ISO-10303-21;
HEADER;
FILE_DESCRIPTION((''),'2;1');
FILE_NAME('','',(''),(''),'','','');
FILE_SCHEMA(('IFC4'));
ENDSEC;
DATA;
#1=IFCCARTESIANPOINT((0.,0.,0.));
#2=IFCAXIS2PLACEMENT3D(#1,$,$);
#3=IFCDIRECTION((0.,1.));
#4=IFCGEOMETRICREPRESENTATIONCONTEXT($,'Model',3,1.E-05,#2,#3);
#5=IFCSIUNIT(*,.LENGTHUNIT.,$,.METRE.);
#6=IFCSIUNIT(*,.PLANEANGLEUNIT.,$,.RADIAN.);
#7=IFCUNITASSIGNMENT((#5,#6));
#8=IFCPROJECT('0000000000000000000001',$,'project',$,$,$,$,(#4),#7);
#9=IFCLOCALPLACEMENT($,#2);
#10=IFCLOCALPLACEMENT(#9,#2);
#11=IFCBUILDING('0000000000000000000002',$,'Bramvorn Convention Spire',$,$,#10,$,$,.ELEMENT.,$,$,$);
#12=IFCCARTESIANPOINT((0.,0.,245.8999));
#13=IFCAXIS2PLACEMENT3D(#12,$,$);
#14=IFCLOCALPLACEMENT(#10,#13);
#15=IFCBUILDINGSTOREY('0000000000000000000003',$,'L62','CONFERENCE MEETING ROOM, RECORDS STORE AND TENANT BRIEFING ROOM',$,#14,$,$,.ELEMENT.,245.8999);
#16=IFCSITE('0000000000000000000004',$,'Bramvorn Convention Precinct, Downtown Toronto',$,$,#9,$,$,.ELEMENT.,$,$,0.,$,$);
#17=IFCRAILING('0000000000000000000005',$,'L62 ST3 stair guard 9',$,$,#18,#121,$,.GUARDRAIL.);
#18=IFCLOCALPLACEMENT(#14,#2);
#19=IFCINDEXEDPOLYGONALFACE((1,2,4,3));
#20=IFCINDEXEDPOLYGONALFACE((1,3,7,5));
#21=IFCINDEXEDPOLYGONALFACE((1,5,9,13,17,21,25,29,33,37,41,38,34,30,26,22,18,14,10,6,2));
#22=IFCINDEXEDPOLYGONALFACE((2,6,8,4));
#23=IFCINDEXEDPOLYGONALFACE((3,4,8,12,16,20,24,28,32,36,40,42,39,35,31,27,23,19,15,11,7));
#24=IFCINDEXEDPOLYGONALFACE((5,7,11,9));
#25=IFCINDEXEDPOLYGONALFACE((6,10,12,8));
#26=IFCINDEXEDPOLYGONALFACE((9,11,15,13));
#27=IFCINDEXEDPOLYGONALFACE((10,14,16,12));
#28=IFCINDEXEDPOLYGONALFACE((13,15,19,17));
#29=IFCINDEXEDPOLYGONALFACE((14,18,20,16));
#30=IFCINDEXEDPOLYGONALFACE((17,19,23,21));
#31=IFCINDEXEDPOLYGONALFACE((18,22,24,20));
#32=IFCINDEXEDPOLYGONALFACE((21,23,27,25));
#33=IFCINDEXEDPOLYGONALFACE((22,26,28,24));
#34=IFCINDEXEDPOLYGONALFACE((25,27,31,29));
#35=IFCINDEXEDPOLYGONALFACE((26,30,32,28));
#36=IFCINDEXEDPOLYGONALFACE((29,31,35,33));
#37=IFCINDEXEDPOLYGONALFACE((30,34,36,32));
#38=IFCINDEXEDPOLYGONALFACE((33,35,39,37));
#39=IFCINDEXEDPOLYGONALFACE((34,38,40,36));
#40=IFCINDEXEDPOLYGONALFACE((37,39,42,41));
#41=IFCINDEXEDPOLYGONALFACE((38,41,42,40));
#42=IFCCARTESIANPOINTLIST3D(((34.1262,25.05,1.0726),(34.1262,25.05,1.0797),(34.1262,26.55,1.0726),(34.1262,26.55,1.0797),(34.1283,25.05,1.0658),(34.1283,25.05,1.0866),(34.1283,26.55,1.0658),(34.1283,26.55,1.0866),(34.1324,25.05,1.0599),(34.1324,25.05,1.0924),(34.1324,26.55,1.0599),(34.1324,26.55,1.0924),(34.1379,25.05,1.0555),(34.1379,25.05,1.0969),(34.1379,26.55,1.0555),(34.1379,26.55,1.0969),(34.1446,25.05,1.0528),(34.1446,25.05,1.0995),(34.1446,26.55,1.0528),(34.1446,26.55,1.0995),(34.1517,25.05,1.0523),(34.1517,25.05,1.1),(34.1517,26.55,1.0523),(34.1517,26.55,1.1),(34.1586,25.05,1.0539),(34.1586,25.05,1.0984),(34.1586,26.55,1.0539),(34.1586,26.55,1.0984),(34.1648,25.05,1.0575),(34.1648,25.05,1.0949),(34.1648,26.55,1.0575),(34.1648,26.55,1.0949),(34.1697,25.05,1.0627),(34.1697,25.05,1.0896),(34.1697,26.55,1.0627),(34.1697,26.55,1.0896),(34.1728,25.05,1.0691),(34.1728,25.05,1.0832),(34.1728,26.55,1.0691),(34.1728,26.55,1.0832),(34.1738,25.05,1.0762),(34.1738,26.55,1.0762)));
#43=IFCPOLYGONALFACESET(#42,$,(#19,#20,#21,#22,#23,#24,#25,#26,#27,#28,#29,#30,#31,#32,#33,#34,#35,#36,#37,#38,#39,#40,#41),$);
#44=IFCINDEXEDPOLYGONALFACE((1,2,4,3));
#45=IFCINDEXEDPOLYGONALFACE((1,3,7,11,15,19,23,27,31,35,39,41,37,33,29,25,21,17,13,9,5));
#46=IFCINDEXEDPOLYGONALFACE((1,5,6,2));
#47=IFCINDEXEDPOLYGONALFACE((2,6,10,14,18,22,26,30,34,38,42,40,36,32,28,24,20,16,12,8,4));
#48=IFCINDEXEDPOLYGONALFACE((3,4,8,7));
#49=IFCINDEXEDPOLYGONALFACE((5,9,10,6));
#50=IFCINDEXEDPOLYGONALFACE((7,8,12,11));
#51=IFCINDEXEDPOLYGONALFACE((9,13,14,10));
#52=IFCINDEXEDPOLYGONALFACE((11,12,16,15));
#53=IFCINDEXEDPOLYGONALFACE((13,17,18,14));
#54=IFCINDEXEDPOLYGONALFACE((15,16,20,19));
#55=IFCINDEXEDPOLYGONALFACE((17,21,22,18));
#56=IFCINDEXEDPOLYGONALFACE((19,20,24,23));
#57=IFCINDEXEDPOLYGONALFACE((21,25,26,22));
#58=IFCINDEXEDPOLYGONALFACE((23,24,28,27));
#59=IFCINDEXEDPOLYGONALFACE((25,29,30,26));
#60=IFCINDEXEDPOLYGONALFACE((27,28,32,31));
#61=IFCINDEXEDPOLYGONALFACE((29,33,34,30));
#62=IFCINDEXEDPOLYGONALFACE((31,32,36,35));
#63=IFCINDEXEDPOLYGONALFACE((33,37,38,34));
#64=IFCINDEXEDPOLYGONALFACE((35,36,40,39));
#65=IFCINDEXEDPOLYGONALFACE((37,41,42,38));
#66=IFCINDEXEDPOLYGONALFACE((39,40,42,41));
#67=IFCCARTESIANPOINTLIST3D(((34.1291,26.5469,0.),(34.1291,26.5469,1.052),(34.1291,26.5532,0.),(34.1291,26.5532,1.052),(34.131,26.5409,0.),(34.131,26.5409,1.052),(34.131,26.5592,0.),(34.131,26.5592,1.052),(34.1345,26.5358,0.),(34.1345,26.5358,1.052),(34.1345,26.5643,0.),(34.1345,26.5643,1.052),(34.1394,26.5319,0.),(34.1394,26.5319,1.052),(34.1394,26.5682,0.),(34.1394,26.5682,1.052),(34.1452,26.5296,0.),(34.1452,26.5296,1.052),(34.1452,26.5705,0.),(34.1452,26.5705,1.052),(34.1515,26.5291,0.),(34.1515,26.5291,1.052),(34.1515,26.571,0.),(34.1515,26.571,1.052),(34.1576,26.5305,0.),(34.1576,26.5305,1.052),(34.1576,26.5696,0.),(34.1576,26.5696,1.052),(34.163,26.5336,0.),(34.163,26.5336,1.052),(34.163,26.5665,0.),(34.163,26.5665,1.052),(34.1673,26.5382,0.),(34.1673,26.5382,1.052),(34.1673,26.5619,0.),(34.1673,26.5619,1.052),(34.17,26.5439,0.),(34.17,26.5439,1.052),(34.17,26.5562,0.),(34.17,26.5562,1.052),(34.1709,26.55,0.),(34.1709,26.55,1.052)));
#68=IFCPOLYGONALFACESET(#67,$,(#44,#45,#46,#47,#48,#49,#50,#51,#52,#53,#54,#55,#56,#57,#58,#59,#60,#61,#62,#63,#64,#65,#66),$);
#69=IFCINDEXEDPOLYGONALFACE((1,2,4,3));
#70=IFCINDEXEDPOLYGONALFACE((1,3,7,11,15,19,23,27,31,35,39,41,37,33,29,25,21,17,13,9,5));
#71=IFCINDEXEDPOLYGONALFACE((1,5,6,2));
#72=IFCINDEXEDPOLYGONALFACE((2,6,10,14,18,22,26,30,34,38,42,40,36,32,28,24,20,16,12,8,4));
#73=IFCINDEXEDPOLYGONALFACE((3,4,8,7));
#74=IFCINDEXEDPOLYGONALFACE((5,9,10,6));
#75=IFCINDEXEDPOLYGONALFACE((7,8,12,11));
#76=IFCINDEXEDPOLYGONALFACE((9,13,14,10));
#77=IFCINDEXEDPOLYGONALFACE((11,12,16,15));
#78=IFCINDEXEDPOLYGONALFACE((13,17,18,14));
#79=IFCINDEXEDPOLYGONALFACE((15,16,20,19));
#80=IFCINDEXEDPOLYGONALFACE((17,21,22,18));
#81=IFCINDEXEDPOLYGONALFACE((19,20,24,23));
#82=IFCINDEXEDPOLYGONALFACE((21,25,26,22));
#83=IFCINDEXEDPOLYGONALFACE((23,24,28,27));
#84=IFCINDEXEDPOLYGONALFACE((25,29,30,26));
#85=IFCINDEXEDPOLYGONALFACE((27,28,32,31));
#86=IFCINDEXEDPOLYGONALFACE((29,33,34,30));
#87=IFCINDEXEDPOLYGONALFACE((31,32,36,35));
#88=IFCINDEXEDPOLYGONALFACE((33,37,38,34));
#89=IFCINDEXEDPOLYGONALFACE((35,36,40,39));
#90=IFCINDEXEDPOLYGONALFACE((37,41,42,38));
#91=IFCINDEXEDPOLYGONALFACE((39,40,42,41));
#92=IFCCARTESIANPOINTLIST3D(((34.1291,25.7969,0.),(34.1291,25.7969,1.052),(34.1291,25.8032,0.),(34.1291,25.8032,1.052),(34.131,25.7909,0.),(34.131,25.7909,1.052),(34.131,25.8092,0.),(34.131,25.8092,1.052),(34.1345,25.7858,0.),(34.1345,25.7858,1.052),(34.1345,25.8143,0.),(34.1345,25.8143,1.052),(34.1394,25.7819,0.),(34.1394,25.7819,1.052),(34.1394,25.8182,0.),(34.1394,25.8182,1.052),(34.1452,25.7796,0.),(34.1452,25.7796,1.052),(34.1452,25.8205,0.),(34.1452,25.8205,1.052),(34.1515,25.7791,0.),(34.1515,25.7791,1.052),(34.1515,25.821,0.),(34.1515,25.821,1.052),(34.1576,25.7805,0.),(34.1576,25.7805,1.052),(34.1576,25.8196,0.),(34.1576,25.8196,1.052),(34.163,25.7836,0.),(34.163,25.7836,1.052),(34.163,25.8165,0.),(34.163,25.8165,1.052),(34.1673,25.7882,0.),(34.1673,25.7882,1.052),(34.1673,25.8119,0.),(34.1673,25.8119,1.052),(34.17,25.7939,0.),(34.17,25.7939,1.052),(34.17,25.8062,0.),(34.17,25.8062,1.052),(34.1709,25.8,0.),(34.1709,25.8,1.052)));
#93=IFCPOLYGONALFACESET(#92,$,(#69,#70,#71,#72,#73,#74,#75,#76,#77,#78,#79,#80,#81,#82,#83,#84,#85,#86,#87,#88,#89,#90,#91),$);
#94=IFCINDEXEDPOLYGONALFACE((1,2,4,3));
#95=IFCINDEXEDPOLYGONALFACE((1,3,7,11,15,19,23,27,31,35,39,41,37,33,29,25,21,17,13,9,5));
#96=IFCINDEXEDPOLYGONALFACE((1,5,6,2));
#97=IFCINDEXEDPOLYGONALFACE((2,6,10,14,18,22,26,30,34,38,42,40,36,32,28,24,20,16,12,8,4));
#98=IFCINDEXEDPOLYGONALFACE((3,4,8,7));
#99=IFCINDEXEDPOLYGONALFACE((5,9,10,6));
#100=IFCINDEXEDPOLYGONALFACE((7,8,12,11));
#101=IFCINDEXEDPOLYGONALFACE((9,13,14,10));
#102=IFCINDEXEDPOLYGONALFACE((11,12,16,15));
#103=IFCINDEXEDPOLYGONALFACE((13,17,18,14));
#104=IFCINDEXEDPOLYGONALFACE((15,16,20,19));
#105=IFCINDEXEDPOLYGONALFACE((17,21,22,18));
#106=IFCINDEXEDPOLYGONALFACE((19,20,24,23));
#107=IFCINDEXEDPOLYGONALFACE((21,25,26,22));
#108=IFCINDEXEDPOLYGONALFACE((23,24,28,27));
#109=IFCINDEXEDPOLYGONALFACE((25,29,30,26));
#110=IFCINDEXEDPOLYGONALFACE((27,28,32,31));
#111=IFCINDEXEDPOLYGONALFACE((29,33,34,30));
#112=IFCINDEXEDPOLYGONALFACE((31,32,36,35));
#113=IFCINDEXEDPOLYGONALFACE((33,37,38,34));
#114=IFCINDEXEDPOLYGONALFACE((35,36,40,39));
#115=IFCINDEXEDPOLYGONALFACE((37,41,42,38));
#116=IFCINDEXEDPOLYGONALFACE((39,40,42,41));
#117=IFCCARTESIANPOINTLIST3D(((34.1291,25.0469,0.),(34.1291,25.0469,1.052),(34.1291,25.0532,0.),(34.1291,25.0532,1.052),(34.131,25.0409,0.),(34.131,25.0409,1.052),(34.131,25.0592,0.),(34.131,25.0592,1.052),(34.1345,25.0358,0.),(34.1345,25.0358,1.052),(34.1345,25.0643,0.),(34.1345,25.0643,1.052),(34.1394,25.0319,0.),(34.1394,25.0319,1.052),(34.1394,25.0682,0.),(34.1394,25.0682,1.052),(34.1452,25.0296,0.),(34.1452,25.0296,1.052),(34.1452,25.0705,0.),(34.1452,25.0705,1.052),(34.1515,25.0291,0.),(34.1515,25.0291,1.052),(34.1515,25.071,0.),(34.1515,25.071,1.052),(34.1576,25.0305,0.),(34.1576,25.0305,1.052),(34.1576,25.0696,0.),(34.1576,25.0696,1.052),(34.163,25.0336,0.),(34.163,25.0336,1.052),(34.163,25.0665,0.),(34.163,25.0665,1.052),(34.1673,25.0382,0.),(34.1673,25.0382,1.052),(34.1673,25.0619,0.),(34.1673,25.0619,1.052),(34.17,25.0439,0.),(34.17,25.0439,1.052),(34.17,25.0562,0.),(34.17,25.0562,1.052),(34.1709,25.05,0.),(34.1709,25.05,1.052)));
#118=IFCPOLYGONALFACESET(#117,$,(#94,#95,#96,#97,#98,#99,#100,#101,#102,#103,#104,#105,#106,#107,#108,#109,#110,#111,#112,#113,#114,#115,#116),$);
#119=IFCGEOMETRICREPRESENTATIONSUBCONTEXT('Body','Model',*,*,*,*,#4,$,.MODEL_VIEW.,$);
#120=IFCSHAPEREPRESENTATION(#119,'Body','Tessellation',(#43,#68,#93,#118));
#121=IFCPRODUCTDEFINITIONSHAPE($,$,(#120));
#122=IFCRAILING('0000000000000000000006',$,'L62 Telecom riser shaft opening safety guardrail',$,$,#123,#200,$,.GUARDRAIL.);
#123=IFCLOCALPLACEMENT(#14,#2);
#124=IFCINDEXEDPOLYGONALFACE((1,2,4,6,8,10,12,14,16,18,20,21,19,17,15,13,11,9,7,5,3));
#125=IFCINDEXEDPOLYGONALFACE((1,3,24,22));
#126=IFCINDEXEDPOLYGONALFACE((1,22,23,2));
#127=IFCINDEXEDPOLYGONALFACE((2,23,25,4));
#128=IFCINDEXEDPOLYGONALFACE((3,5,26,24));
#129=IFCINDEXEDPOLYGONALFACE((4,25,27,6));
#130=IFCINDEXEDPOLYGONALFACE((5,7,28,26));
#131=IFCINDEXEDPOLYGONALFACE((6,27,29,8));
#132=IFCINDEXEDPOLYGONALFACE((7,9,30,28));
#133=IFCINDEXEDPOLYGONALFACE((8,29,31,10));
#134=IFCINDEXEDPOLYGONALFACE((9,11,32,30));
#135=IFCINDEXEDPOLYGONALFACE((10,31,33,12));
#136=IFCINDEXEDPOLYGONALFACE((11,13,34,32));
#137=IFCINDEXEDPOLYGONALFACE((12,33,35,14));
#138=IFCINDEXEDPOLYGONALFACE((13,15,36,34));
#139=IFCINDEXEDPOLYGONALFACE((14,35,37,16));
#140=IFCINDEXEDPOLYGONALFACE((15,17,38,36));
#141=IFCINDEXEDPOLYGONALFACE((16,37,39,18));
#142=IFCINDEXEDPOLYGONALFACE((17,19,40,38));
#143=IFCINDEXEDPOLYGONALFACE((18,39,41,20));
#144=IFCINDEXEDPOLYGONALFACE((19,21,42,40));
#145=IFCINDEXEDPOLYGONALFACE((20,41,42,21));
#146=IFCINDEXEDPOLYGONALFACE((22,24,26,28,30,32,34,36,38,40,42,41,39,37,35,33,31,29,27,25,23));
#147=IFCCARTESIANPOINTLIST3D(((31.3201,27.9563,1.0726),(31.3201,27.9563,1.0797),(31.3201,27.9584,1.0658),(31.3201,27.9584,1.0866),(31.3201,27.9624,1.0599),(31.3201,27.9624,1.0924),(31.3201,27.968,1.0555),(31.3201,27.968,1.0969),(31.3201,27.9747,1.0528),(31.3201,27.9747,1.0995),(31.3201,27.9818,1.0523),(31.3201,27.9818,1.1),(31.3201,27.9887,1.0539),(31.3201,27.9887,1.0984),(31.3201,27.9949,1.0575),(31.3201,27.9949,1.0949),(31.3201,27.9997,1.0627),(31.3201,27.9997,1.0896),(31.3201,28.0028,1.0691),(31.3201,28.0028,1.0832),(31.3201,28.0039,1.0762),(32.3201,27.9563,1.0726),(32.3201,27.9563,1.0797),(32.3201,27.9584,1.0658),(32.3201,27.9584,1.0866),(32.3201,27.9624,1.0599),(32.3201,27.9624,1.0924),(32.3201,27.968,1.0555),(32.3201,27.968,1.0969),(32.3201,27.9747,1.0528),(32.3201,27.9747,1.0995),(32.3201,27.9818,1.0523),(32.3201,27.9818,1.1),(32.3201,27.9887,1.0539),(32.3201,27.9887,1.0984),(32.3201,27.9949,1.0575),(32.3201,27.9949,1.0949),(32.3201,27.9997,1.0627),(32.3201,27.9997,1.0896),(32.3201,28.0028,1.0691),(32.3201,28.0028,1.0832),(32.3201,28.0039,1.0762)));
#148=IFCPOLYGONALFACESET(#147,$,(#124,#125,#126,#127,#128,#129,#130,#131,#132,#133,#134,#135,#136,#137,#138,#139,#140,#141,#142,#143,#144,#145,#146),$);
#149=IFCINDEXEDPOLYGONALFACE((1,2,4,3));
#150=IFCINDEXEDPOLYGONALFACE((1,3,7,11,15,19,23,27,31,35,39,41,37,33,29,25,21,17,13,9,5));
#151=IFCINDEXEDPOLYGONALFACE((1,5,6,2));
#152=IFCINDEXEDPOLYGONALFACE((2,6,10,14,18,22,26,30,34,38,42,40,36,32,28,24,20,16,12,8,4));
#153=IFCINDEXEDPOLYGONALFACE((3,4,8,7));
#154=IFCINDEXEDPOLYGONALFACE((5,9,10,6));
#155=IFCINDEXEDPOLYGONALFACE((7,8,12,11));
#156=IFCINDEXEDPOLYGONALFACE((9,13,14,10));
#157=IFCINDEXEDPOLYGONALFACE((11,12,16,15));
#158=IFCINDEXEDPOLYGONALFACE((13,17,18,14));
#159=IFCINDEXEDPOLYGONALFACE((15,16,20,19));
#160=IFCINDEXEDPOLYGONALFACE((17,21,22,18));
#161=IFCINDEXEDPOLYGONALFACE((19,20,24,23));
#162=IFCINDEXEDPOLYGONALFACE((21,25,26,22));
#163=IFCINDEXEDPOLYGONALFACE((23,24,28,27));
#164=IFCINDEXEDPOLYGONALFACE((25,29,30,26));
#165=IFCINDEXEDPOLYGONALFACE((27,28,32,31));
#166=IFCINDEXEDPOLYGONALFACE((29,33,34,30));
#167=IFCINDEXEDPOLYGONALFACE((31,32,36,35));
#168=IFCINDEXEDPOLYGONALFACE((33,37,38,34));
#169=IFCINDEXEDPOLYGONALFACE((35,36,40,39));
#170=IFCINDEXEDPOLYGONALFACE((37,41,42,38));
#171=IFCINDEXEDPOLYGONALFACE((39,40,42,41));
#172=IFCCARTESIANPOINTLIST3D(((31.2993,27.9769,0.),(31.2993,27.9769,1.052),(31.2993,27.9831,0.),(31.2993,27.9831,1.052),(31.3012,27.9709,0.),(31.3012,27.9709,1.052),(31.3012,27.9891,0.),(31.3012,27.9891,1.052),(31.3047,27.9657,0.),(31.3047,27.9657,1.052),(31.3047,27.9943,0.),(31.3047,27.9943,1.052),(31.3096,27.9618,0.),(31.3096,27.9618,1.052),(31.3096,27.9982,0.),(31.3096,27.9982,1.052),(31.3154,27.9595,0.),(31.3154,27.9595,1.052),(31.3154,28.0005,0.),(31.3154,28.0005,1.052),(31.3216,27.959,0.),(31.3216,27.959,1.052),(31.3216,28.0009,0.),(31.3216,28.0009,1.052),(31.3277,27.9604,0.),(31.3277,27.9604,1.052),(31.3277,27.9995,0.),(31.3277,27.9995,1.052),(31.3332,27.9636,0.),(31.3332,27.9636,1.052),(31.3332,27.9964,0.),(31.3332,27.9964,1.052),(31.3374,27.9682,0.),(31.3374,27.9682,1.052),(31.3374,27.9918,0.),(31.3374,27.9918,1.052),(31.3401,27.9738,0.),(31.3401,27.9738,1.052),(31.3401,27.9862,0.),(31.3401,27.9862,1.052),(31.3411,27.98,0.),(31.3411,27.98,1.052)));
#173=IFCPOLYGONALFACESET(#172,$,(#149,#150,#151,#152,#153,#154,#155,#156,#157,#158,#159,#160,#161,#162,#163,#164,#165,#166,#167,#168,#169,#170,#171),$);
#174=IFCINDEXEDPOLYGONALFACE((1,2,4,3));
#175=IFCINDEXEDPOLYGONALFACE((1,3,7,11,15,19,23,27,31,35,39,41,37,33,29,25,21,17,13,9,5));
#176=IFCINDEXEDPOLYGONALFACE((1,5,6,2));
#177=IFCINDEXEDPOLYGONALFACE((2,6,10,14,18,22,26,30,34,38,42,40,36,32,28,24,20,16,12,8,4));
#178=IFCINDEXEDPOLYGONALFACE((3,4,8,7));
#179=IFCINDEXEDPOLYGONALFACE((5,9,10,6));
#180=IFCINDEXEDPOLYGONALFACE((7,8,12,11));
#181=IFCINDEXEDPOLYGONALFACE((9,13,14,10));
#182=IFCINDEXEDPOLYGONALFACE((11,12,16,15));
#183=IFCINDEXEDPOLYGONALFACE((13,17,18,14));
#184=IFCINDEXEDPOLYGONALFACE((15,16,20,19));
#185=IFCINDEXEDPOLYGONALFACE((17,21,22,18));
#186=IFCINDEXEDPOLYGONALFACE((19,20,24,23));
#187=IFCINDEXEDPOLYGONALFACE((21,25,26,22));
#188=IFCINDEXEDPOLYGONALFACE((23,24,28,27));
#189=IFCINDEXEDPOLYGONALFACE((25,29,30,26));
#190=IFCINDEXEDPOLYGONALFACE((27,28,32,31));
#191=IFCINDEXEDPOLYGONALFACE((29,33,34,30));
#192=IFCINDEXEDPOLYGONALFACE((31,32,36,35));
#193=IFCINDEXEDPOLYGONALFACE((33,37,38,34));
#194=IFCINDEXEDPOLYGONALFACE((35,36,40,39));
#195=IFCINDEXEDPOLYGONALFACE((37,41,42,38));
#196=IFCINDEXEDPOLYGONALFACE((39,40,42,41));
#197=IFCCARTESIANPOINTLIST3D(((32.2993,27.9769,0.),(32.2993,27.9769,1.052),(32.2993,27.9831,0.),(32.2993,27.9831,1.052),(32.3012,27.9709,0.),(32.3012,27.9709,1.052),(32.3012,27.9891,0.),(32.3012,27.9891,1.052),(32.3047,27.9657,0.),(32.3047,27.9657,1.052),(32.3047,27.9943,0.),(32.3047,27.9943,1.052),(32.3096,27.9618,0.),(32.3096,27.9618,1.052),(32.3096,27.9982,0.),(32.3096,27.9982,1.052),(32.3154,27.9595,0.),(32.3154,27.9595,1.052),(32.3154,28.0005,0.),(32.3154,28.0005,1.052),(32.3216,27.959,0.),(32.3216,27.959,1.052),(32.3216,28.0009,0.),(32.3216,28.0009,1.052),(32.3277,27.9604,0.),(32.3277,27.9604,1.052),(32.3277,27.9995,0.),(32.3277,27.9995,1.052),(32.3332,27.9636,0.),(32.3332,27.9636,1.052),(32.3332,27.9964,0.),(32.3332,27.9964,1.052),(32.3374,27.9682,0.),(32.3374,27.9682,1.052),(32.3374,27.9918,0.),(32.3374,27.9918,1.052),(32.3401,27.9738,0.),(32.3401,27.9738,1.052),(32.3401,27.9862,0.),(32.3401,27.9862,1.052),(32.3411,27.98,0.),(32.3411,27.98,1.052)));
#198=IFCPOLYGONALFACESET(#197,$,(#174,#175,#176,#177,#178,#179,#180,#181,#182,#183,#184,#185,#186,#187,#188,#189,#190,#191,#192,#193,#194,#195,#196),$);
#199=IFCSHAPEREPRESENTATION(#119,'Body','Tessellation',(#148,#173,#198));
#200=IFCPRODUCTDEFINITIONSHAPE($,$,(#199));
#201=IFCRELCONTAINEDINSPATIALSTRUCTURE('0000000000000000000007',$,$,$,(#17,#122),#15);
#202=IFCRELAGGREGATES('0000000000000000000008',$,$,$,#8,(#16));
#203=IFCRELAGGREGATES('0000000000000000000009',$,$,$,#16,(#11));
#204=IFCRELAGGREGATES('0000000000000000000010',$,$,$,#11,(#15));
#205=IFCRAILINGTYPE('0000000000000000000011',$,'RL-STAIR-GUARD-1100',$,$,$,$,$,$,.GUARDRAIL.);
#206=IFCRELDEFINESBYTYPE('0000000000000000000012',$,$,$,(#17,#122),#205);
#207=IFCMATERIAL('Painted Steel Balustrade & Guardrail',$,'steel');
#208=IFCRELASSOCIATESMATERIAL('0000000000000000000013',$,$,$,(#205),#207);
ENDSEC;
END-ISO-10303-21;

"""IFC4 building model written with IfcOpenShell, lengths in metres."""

from ifc_helpers import new_model, si_unit, direction, frame, origin, origin_2d, place, context, subcontext, project, spatial, circle, extrude, material, type_object, element, save


model = new_model("IFC4")

# Units and contexts
model_context = context("Model", 3, precision=1e-05, world=origin(), true_north=direction((0.0, 1.0)))
body_context = subcontext(model_context, "Body", "Model", "MODEL_VIEW")
ifc_project = project(units=[si_unit("LENGTHUNIT", "METRE"), si_unit("PLANEANGLEUNIT", "RADIAN")], contexts=[model_context])

# Site, building, storey
site_placement = place(None, origin())
site = spatial("IfcSite", under=ifc_project, at=site_placement, Name="Bramvorn Convention Precinct, Downtown Toronto", CompositionType="ELEMENT", RefElevation=0.0)
building_placement = place(site_placement, origin())
building = spatial("IfcBuilding", under=site, at=building_placement, Name="Bramvorn Convention Spire", CompositionType="ELEMENT")
storey_placement = place(building_placement, frame((0.0, 0.0, 245.8999)))
storey = spatial("IfcBuildingStorey", under=building, at=storey_placement, Name="L62", Description="CONFERENCE MEETING ROOM, RECORDS STORE AND TENANT BRIEFING ROOM", CompositionType="ELEMENT", Elevation=245.8999)

# Railings
ifc_material_1 = material(Name="Painted Steel Balustrade & Guardrail", Category="steel")
railing_type_1 = type_object("IfcRailingType", Name="RL-STAIR-GUARD-1100", PredefinedType="GUARDRAIL", material=ifc_material_1)
for number, where, name in (
    (1, (34.1499, 26.55, 0.0), "L62 ST3 stair guard 9"),
):
    element("IfcRailing", number, at=place(storey_placement, frame(where)), inside=storey, type_object=railing_type_1, Name=name, PredefinedType="GUARDRAIL", context=body_context, shape_type="SweptSolid", body=[
        extrude(circle(Radius=0.0239, at=origin_2d()), frame((0.0, 0.0, 1.0762), z_axis=(0.0, -1.0, 0.0), x_axis=(1.0, 0.0, 0.0)), (0.0, 0.0, 1.0), 1.5),
        extrude(circle(Radius=0.021, at=origin_2d()), origin(), (0.0, 0.0, 1.0), 1.052),
        extrude(circle(Radius=0.021, at=origin_2d()), frame((0.0, -0.75, 0.0)), (0.0, 0.0, 1.0), 1.052),
        extrude(circle(Radius=0.021, at=origin_2d()), frame((0.0, -1.5, 0.0)), (0.0, 0.0, 1.0), 1.052),
    ])
railing_1_placement = place(storey_placement, frame((31.3201, 27.98, 0.0)))
element("IfcRailing", 2, at=railing_1_placement, inside=storey, type_object=railing_type_1, Name="L62 Telecom riser shaft opening safety guardrail", PredefinedType="GUARDRAIL", context=body_context, shape_type="SweptSolid", body=[
    extrude(circle(Radius=0.0239, at=origin_2d()), frame((0.0, 0.0, 1.0762), z_axis=(1.0, 0.0, 0.0), x_axis=(0.0, 1.0, 0.0)), (0.0, 0.0, 1.0), 1.0),
    extrude(circle(Radius=0.021, at=origin_2d()), origin(), (0.0, 0.0, 1.0), 1.052),
    extrude(circle(Radius=0.021, at=origin_2d()), frame((1.0, 0.0, 0.0)), (0.0, 0.0, 1.0), 1.052),
])

save(model, "model.ifc")
